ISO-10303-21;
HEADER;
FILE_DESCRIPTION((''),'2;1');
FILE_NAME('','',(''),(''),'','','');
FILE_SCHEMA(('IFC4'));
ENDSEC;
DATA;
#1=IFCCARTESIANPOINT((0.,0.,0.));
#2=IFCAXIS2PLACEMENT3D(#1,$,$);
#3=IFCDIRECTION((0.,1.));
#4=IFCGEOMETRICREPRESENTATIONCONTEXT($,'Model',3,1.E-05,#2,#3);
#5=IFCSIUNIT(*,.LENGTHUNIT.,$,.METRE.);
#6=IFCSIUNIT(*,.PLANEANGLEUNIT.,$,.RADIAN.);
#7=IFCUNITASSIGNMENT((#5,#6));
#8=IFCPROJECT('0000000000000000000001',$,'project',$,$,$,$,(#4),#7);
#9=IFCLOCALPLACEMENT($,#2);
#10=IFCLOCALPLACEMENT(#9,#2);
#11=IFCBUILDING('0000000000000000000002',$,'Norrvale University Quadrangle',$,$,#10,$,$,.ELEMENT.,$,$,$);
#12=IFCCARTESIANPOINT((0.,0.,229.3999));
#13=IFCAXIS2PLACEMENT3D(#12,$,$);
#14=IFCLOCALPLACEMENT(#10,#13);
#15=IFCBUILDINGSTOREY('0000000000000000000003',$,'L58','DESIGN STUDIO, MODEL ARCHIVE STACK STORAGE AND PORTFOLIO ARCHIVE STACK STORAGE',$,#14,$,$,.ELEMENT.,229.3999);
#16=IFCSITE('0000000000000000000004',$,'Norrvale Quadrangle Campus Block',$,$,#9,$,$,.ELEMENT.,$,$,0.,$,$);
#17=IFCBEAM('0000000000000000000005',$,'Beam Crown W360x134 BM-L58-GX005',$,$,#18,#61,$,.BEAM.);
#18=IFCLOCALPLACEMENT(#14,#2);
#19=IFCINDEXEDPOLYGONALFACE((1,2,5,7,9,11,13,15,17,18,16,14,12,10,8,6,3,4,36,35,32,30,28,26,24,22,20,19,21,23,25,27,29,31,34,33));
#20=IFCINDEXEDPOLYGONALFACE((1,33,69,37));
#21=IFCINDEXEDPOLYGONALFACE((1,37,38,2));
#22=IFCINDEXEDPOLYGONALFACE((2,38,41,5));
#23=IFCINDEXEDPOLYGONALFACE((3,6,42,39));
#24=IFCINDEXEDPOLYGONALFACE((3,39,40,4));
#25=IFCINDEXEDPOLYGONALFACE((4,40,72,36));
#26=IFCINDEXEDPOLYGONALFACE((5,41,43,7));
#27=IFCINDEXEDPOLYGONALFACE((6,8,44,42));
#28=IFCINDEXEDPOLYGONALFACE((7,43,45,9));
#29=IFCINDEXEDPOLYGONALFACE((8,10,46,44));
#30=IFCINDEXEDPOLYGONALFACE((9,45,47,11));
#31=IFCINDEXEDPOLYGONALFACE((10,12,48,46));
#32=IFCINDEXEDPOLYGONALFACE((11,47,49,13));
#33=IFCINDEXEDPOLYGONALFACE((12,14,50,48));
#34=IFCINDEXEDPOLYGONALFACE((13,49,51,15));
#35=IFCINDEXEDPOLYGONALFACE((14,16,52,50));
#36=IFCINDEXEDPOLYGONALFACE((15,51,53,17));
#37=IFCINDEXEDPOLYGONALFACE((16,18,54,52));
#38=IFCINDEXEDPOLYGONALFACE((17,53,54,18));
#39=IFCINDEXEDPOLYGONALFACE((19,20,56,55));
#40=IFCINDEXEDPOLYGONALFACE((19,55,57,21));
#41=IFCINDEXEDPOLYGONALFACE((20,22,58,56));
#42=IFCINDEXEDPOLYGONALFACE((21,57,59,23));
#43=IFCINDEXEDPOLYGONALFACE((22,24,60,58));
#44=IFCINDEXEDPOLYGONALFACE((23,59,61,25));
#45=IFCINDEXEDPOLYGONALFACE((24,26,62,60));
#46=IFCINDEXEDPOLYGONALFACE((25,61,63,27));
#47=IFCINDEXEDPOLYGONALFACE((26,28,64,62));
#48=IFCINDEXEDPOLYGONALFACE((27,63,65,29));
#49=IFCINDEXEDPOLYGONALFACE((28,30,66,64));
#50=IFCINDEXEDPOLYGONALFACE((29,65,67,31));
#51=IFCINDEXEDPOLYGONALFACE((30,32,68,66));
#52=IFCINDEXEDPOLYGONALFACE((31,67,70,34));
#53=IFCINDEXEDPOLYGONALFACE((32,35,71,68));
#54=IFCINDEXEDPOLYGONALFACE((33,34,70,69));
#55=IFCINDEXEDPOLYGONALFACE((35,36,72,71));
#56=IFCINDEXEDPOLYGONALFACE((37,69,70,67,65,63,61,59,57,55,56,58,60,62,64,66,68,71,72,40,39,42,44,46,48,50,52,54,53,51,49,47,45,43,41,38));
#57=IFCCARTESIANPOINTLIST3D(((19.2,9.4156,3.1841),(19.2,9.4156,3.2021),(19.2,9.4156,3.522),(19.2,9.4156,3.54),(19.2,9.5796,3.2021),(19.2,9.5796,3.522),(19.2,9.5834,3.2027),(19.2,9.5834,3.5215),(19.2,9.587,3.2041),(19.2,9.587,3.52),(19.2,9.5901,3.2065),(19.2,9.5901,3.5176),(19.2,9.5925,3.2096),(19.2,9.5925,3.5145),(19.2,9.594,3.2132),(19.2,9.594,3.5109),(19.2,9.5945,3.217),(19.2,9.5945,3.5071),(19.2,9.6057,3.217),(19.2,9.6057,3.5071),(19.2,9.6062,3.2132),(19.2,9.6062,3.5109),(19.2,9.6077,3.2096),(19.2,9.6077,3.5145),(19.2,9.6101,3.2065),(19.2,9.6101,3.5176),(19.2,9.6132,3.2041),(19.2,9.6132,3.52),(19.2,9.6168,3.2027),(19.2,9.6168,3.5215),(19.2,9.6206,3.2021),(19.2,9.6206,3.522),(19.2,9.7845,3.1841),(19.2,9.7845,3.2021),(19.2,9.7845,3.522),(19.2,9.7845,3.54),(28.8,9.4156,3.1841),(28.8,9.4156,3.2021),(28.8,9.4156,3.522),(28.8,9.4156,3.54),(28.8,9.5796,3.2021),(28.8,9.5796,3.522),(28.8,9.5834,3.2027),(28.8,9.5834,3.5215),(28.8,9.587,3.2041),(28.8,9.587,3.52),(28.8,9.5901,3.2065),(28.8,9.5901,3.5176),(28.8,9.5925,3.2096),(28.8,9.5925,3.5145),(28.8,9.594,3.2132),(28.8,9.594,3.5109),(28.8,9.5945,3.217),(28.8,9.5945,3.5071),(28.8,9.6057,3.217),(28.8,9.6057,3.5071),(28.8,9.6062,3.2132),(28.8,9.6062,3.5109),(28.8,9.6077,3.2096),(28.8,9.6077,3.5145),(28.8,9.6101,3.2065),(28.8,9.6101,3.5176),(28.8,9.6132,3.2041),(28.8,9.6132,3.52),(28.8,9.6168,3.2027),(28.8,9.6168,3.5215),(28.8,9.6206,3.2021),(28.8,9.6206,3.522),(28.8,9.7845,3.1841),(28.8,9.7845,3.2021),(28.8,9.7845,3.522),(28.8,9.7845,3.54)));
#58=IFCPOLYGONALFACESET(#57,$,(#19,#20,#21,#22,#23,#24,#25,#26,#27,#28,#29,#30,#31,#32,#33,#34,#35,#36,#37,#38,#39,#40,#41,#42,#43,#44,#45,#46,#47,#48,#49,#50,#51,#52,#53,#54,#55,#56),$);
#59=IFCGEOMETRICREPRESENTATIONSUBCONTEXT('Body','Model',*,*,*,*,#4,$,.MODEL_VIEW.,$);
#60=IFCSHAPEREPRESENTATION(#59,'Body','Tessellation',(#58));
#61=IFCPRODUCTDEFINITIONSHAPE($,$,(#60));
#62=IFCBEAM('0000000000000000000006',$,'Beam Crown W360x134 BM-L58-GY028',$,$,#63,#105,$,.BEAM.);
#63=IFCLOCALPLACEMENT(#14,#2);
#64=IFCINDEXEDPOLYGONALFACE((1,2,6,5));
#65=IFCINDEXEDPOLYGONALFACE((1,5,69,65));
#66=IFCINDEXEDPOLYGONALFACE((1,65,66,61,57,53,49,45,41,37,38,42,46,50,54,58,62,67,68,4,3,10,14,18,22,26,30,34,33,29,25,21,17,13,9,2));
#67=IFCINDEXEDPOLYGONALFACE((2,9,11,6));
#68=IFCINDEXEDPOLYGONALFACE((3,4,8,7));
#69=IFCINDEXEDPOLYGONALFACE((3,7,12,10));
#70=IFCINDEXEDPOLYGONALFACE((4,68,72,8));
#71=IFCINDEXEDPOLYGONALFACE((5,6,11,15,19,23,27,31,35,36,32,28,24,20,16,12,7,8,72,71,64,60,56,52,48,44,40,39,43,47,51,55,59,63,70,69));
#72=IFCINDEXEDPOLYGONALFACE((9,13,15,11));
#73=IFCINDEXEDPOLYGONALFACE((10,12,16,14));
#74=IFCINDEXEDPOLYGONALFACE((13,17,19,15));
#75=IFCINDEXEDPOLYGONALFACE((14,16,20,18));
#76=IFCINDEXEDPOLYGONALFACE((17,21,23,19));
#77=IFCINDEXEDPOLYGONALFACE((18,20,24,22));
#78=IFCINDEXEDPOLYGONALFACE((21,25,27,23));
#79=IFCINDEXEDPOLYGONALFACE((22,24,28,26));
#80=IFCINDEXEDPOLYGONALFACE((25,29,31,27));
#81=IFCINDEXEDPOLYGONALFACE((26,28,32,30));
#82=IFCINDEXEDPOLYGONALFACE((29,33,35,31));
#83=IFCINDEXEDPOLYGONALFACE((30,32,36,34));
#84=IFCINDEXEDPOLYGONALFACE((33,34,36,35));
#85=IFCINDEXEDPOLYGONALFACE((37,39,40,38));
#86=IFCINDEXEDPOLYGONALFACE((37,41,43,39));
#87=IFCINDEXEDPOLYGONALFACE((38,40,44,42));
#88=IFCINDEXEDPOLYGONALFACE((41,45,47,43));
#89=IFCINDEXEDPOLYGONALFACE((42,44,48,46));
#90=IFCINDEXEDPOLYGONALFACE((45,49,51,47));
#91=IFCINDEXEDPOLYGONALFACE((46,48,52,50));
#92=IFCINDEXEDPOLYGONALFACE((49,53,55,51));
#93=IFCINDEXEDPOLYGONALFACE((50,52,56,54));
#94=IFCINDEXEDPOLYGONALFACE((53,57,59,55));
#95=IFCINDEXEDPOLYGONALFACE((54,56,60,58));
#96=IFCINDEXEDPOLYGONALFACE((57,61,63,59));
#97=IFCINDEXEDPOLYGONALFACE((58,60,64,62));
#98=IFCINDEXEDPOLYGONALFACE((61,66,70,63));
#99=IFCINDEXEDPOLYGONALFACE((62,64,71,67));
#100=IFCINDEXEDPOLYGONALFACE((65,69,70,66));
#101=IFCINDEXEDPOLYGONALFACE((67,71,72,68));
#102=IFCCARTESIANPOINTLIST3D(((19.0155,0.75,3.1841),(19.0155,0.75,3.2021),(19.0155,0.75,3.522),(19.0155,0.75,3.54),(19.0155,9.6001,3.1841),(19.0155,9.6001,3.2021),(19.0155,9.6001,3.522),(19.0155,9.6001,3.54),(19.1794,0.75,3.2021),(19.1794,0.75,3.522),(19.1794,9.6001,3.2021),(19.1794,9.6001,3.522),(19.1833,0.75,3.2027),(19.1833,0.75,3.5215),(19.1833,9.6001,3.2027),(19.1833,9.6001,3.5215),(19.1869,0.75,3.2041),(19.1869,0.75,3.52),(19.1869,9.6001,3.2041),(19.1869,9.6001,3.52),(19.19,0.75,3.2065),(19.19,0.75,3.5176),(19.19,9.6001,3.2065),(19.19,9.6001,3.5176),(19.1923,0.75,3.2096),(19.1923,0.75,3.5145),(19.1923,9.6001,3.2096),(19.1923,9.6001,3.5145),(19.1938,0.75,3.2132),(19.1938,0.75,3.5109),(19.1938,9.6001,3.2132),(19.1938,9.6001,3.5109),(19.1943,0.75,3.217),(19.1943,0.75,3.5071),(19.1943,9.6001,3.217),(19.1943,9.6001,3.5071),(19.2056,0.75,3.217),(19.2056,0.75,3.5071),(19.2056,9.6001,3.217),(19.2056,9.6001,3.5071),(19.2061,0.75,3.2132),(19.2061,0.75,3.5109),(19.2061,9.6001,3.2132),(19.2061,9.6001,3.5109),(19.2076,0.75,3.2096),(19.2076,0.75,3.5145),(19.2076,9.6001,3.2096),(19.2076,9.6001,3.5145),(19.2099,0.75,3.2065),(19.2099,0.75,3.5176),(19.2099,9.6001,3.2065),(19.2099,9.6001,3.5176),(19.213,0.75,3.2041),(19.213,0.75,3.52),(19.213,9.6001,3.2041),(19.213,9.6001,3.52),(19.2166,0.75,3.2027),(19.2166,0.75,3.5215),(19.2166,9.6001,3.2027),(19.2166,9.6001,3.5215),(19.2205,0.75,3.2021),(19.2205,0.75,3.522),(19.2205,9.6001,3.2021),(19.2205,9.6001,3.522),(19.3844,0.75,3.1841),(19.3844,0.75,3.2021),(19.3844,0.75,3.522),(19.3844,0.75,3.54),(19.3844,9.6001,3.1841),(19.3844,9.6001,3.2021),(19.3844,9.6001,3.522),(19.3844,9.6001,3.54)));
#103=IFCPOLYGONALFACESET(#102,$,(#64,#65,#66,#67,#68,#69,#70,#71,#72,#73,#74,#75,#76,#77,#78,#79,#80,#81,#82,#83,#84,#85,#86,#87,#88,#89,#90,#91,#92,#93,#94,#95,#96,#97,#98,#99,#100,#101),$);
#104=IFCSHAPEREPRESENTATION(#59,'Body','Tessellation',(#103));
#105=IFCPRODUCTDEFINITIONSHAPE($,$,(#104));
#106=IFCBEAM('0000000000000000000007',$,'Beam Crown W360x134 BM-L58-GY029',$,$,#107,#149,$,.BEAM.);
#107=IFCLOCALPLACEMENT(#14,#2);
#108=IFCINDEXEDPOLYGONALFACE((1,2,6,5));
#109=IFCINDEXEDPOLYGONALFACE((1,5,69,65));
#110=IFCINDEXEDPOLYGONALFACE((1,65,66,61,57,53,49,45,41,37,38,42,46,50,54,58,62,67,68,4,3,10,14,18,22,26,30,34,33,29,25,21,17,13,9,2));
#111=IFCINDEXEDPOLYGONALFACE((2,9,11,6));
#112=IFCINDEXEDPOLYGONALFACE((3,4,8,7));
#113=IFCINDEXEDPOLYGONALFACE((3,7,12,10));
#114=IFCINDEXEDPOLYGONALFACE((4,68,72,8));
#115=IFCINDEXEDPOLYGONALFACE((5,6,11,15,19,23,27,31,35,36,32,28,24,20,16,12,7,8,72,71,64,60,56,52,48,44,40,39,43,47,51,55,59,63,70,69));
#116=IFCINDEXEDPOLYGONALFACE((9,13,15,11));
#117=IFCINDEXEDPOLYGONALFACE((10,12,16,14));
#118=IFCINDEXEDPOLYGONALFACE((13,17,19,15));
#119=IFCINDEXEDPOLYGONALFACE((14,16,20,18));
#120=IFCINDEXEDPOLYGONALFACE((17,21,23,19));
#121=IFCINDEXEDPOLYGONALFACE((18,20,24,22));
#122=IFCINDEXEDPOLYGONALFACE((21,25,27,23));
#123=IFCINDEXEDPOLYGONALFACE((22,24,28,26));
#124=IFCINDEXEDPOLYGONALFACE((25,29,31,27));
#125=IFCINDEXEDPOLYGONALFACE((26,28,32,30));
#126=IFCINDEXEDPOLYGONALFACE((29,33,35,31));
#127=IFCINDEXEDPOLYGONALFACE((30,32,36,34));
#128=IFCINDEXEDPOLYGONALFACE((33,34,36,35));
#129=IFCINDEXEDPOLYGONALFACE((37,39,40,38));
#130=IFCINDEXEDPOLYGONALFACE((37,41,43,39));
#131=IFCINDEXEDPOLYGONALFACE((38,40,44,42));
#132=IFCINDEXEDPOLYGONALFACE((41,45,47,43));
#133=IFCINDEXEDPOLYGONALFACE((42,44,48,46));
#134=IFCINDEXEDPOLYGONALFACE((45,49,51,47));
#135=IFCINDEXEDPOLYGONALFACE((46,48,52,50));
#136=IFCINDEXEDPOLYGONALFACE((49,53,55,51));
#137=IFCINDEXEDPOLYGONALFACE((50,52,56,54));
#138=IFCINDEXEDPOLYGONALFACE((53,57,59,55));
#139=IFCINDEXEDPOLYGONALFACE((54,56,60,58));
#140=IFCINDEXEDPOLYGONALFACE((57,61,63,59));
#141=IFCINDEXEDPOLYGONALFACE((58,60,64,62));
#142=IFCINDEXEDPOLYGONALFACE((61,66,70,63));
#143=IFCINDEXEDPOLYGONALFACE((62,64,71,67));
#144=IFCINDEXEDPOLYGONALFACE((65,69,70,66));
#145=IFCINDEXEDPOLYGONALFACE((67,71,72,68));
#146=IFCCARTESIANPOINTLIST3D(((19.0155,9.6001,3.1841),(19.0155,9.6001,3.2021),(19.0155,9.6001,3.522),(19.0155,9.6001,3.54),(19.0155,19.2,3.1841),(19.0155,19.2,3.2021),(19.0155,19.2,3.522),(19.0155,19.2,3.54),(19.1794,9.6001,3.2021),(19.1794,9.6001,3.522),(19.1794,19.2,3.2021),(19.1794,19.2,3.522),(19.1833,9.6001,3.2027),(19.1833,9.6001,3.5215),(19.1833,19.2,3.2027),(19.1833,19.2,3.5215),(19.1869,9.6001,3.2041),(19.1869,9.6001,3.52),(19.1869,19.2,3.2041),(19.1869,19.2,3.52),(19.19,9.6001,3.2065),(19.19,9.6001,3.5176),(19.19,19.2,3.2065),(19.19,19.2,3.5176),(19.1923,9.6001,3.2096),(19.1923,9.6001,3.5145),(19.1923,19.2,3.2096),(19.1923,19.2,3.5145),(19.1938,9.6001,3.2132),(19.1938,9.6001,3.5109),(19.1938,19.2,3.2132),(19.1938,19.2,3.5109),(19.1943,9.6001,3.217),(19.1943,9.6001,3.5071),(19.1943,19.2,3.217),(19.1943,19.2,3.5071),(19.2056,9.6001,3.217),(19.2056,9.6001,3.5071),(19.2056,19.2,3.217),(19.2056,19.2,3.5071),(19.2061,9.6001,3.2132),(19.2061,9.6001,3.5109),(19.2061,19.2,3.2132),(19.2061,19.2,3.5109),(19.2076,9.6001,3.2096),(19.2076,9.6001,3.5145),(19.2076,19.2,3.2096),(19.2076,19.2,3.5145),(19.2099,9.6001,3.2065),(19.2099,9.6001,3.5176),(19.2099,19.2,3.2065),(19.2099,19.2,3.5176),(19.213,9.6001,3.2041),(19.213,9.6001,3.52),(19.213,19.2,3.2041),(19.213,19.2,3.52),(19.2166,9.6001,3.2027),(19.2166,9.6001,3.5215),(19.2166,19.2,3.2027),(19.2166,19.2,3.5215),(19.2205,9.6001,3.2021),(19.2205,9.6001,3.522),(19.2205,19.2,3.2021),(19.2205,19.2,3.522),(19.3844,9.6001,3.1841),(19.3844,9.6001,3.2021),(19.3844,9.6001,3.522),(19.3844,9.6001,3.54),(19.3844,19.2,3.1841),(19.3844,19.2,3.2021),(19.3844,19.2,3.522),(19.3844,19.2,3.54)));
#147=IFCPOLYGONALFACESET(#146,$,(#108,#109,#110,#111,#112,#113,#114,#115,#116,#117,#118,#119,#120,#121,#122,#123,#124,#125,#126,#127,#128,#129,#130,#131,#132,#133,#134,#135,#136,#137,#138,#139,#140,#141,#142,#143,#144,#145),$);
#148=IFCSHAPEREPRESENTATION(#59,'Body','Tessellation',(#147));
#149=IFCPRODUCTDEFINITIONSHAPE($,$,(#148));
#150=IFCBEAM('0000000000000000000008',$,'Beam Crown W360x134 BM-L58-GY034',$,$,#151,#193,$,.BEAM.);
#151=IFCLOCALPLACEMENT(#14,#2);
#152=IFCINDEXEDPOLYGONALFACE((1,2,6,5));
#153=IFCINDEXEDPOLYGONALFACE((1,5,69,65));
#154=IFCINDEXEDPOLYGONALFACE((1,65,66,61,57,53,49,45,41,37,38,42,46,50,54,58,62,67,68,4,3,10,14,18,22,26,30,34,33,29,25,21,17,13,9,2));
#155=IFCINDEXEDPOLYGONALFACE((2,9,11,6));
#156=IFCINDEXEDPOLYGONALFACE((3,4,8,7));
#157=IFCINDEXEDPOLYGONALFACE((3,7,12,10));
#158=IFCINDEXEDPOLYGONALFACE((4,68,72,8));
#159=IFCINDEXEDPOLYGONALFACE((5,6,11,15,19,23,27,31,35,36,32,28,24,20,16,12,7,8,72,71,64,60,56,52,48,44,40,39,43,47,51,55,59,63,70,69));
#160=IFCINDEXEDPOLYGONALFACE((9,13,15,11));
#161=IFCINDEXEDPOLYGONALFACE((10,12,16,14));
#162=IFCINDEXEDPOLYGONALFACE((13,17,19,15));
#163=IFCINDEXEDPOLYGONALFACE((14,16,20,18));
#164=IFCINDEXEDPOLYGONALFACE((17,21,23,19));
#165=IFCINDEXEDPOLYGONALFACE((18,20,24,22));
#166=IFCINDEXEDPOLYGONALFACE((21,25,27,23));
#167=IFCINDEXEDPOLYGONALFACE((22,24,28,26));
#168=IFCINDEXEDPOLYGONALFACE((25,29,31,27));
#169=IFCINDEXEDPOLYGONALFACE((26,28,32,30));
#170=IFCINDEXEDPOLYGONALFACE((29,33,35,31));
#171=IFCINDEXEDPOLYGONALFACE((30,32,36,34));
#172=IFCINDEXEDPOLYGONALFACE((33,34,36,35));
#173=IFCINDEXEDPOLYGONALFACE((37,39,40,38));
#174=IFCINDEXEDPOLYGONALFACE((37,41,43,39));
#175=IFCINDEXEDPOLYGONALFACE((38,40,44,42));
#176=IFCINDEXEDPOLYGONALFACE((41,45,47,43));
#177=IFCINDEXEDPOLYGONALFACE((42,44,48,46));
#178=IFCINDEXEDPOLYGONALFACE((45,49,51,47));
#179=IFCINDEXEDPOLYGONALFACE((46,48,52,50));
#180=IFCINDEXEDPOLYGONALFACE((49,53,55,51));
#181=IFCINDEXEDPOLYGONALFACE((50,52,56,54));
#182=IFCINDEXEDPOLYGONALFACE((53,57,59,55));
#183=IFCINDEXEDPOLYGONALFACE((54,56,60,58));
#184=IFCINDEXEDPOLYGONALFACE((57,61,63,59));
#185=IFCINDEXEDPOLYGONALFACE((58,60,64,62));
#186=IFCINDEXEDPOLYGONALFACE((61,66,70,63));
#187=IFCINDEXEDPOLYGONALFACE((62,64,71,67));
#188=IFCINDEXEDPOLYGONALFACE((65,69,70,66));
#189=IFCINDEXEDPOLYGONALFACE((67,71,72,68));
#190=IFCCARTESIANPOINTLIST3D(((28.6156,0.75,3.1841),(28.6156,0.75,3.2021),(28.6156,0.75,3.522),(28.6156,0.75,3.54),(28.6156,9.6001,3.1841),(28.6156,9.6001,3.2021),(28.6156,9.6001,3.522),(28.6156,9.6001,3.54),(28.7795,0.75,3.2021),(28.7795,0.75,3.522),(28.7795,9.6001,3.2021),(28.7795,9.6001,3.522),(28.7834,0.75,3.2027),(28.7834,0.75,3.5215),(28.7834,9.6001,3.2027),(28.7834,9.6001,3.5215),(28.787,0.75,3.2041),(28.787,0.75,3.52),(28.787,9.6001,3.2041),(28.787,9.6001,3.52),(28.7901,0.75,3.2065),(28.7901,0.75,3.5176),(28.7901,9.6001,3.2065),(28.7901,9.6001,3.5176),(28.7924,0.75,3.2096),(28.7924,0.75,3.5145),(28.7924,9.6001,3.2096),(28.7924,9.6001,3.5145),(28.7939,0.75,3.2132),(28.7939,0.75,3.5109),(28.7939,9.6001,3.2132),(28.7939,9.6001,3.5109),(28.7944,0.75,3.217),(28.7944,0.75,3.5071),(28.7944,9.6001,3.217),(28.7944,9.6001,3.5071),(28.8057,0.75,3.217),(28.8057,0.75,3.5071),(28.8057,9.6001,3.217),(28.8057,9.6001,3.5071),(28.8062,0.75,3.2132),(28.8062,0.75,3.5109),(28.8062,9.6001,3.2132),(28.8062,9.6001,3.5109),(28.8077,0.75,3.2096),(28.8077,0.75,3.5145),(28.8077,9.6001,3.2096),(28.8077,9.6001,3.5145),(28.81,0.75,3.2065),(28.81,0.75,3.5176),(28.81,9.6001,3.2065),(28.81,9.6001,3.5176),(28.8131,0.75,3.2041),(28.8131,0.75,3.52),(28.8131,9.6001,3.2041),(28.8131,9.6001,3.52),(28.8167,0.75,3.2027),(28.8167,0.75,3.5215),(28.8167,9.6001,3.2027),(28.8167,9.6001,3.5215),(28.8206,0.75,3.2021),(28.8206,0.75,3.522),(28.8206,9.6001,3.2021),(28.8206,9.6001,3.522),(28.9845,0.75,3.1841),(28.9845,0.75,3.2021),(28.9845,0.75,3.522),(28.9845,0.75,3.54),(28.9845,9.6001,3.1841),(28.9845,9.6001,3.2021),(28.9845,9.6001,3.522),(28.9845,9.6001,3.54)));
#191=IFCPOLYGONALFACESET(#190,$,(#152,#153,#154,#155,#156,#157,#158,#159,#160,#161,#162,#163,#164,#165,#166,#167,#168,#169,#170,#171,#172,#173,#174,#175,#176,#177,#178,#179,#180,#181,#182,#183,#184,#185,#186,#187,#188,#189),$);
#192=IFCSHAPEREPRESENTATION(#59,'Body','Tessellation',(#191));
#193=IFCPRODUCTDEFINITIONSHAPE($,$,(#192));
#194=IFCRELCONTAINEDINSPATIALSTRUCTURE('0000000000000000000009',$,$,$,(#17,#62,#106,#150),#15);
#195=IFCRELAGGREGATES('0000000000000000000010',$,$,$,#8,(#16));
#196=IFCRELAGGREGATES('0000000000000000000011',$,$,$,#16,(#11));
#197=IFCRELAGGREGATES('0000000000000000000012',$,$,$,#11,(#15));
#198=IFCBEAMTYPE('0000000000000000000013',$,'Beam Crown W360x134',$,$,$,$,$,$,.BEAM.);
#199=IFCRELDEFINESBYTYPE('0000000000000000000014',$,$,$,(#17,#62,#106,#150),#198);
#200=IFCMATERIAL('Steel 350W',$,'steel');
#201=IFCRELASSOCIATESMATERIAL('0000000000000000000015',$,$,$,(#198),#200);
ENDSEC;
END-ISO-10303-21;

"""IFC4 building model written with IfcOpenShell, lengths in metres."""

from ifc_helpers import new_model, si_unit, direction, frame, origin, origin_2d, place, context, subcontext, project, spatial, i_section, extrude, material, material_profile, profile_set, type_object, element, save


model = new_model("IFC4")

# Units and contexts
model_context = context("Model", 3, precision=1e-05, world=origin(), true_north=direction((0.0, 1.0)))
body_context = subcontext(model_context, "Body", "Model", "MODEL_VIEW")
ifc_project = project(units=[si_unit("LENGTHUNIT", "METRE"), si_unit("PLANEANGLEUNIT", "RADIAN")], contexts=[model_context])

# Site, building, storey
site_placement = place(None, origin())
site = spatial("IfcSite", under=ifc_project, at=site_placement, Name="Norrvale Quadrangle Campus Block", CompositionType="ELEMENT", RefElevation=0.0)
building_placement = place(site_placement, origin())
building = spatial("IfcBuilding", under=site, at=building_placement, Name="Norrvale University Quadrangle", CompositionType="ELEMENT")
storey_placement = place(building_placement, frame((0.0, 0.0, 229.3999)))
storey = spatial("IfcBuildingStorey", under=building, at=storey_placement, Name="L58", Description="DESIGN STUDIO, MODEL ARCHIVE STACK STORAGE AND PORTFOLIO ARCHIVE STACK STORAGE", CompositionType="ELEMENT", Elevation=229.3999)

# Beams
ifc_material_1 = material(Name="Steel 350W", Category="steel")
ifc_material_profile_1 = material_profile(ifc_material_1, i_section(OverallWidth=0.3689, OverallDepth=0.356, WebThickness=0.0112, FlangeThickness=0.0181, FilletRadius=0.0149, at=origin_2d()), Name="Steel 350W")
ifc_profile_set_1 = profile_set([ifc_material_profile_1], Name="Steel 350W")
beam_type_1 = type_object("IfcBeamType", Name="Beam Crown W360x134", PredefinedType="BEAM", material=ifc_profile_set_1)
beam_1_placement = place(storey_placement, frame((19.2, 9.6001, 3.3621), z_axis=(1.0, 0.0, 0.0), x_axis=(0.0, 1.0, 0.0)))
element("IfcBeam", 1, at=beam_1_placement, inside=storey, type_object=beam_type_1, Name="Beam Crown W360x134 BM-L58-GX005", PredefinedType="BEAM", context=body_context, shape_type="SweptSolid", body=[
    extrude(i_section(OverallWidth=0.3689, OverallDepth=0.356, WebThickness=0.0112, FlangeThickness=0.0181, FilletRadius=0.0149, at=origin_2d()), origin(), (0.0, 0.0, 1.0), 9.6001),
])
beam_2_placement = place(storey_placement, frame((19.2, 0.75, 3.3621), z_axis=(0.0, 1.0, 0.0), x_axis=(-1.0, 0.0, 0.0)))
element("IfcBeam", 2, at=beam_2_placement, inside=storey, type_object=beam_type_1, Name="Beam Crown W360x134 BM-L58-GY028", PredefinedType="BEAM", context=body_context, shape_type="SweptSolid", body=[
    extrude(i_section(OverallWidth=0.3689, OverallDepth=0.356, WebThickness=0.0112, FlangeThickness=0.0181, FilletRadius=0.0149, at=origin_2d()), origin(), (0.0, 0.0, 1.0), 8.8501),
])
beam_3_placement = place(storey_placement, frame((19.2, 9.6001, 3.3621), z_axis=(0.0, 1.0, 0.0), x_axis=(-1.0, 0.0, 0.0)))
element("IfcBeam", 3, at=beam_3_placement, inside=storey, type_object=beam_type_1, Name="Beam Crown W360x134 BM-L58-GY029", PredefinedType="BEAM", context=body_context, shape_type="SweptSolid", body=[
    extrude(i_section(OverallWidth=0.3689, OverallDepth=0.356, WebThickness=0.0112, FlangeThickness=0.0181, FilletRadius=0.0149, at=origin_2d()), origin(), (0.0, 0.0, 1.0), 9.5999),
])
beam_4_placement = place(storey_placement, frame((28.8, 0.75, 3.3621), z_axis=(0.0, 1.0, 0.0), x_axis=(-1.0, 0.0, 0.0)))
element("IfcBeam", 4, at=beam_4_placement, inside=storey, type_object=beam_type_1, Name="Beam Crown W360x134 BM-L58-GY034", PredefinedType="BEAM", context=body_context, shape_type="SweptSolid", body=[
    extrude(i_section(OverallWidth=0.3689, OverallDepth=0.356, WebThickness=0.0112, FlangeThickness=0.0181, FilletRadius=0.0149, at=origin_2d()), origin(), (0.0, 0.0, 1.0), 8.8501),
])

save(model, "model.ifc")
